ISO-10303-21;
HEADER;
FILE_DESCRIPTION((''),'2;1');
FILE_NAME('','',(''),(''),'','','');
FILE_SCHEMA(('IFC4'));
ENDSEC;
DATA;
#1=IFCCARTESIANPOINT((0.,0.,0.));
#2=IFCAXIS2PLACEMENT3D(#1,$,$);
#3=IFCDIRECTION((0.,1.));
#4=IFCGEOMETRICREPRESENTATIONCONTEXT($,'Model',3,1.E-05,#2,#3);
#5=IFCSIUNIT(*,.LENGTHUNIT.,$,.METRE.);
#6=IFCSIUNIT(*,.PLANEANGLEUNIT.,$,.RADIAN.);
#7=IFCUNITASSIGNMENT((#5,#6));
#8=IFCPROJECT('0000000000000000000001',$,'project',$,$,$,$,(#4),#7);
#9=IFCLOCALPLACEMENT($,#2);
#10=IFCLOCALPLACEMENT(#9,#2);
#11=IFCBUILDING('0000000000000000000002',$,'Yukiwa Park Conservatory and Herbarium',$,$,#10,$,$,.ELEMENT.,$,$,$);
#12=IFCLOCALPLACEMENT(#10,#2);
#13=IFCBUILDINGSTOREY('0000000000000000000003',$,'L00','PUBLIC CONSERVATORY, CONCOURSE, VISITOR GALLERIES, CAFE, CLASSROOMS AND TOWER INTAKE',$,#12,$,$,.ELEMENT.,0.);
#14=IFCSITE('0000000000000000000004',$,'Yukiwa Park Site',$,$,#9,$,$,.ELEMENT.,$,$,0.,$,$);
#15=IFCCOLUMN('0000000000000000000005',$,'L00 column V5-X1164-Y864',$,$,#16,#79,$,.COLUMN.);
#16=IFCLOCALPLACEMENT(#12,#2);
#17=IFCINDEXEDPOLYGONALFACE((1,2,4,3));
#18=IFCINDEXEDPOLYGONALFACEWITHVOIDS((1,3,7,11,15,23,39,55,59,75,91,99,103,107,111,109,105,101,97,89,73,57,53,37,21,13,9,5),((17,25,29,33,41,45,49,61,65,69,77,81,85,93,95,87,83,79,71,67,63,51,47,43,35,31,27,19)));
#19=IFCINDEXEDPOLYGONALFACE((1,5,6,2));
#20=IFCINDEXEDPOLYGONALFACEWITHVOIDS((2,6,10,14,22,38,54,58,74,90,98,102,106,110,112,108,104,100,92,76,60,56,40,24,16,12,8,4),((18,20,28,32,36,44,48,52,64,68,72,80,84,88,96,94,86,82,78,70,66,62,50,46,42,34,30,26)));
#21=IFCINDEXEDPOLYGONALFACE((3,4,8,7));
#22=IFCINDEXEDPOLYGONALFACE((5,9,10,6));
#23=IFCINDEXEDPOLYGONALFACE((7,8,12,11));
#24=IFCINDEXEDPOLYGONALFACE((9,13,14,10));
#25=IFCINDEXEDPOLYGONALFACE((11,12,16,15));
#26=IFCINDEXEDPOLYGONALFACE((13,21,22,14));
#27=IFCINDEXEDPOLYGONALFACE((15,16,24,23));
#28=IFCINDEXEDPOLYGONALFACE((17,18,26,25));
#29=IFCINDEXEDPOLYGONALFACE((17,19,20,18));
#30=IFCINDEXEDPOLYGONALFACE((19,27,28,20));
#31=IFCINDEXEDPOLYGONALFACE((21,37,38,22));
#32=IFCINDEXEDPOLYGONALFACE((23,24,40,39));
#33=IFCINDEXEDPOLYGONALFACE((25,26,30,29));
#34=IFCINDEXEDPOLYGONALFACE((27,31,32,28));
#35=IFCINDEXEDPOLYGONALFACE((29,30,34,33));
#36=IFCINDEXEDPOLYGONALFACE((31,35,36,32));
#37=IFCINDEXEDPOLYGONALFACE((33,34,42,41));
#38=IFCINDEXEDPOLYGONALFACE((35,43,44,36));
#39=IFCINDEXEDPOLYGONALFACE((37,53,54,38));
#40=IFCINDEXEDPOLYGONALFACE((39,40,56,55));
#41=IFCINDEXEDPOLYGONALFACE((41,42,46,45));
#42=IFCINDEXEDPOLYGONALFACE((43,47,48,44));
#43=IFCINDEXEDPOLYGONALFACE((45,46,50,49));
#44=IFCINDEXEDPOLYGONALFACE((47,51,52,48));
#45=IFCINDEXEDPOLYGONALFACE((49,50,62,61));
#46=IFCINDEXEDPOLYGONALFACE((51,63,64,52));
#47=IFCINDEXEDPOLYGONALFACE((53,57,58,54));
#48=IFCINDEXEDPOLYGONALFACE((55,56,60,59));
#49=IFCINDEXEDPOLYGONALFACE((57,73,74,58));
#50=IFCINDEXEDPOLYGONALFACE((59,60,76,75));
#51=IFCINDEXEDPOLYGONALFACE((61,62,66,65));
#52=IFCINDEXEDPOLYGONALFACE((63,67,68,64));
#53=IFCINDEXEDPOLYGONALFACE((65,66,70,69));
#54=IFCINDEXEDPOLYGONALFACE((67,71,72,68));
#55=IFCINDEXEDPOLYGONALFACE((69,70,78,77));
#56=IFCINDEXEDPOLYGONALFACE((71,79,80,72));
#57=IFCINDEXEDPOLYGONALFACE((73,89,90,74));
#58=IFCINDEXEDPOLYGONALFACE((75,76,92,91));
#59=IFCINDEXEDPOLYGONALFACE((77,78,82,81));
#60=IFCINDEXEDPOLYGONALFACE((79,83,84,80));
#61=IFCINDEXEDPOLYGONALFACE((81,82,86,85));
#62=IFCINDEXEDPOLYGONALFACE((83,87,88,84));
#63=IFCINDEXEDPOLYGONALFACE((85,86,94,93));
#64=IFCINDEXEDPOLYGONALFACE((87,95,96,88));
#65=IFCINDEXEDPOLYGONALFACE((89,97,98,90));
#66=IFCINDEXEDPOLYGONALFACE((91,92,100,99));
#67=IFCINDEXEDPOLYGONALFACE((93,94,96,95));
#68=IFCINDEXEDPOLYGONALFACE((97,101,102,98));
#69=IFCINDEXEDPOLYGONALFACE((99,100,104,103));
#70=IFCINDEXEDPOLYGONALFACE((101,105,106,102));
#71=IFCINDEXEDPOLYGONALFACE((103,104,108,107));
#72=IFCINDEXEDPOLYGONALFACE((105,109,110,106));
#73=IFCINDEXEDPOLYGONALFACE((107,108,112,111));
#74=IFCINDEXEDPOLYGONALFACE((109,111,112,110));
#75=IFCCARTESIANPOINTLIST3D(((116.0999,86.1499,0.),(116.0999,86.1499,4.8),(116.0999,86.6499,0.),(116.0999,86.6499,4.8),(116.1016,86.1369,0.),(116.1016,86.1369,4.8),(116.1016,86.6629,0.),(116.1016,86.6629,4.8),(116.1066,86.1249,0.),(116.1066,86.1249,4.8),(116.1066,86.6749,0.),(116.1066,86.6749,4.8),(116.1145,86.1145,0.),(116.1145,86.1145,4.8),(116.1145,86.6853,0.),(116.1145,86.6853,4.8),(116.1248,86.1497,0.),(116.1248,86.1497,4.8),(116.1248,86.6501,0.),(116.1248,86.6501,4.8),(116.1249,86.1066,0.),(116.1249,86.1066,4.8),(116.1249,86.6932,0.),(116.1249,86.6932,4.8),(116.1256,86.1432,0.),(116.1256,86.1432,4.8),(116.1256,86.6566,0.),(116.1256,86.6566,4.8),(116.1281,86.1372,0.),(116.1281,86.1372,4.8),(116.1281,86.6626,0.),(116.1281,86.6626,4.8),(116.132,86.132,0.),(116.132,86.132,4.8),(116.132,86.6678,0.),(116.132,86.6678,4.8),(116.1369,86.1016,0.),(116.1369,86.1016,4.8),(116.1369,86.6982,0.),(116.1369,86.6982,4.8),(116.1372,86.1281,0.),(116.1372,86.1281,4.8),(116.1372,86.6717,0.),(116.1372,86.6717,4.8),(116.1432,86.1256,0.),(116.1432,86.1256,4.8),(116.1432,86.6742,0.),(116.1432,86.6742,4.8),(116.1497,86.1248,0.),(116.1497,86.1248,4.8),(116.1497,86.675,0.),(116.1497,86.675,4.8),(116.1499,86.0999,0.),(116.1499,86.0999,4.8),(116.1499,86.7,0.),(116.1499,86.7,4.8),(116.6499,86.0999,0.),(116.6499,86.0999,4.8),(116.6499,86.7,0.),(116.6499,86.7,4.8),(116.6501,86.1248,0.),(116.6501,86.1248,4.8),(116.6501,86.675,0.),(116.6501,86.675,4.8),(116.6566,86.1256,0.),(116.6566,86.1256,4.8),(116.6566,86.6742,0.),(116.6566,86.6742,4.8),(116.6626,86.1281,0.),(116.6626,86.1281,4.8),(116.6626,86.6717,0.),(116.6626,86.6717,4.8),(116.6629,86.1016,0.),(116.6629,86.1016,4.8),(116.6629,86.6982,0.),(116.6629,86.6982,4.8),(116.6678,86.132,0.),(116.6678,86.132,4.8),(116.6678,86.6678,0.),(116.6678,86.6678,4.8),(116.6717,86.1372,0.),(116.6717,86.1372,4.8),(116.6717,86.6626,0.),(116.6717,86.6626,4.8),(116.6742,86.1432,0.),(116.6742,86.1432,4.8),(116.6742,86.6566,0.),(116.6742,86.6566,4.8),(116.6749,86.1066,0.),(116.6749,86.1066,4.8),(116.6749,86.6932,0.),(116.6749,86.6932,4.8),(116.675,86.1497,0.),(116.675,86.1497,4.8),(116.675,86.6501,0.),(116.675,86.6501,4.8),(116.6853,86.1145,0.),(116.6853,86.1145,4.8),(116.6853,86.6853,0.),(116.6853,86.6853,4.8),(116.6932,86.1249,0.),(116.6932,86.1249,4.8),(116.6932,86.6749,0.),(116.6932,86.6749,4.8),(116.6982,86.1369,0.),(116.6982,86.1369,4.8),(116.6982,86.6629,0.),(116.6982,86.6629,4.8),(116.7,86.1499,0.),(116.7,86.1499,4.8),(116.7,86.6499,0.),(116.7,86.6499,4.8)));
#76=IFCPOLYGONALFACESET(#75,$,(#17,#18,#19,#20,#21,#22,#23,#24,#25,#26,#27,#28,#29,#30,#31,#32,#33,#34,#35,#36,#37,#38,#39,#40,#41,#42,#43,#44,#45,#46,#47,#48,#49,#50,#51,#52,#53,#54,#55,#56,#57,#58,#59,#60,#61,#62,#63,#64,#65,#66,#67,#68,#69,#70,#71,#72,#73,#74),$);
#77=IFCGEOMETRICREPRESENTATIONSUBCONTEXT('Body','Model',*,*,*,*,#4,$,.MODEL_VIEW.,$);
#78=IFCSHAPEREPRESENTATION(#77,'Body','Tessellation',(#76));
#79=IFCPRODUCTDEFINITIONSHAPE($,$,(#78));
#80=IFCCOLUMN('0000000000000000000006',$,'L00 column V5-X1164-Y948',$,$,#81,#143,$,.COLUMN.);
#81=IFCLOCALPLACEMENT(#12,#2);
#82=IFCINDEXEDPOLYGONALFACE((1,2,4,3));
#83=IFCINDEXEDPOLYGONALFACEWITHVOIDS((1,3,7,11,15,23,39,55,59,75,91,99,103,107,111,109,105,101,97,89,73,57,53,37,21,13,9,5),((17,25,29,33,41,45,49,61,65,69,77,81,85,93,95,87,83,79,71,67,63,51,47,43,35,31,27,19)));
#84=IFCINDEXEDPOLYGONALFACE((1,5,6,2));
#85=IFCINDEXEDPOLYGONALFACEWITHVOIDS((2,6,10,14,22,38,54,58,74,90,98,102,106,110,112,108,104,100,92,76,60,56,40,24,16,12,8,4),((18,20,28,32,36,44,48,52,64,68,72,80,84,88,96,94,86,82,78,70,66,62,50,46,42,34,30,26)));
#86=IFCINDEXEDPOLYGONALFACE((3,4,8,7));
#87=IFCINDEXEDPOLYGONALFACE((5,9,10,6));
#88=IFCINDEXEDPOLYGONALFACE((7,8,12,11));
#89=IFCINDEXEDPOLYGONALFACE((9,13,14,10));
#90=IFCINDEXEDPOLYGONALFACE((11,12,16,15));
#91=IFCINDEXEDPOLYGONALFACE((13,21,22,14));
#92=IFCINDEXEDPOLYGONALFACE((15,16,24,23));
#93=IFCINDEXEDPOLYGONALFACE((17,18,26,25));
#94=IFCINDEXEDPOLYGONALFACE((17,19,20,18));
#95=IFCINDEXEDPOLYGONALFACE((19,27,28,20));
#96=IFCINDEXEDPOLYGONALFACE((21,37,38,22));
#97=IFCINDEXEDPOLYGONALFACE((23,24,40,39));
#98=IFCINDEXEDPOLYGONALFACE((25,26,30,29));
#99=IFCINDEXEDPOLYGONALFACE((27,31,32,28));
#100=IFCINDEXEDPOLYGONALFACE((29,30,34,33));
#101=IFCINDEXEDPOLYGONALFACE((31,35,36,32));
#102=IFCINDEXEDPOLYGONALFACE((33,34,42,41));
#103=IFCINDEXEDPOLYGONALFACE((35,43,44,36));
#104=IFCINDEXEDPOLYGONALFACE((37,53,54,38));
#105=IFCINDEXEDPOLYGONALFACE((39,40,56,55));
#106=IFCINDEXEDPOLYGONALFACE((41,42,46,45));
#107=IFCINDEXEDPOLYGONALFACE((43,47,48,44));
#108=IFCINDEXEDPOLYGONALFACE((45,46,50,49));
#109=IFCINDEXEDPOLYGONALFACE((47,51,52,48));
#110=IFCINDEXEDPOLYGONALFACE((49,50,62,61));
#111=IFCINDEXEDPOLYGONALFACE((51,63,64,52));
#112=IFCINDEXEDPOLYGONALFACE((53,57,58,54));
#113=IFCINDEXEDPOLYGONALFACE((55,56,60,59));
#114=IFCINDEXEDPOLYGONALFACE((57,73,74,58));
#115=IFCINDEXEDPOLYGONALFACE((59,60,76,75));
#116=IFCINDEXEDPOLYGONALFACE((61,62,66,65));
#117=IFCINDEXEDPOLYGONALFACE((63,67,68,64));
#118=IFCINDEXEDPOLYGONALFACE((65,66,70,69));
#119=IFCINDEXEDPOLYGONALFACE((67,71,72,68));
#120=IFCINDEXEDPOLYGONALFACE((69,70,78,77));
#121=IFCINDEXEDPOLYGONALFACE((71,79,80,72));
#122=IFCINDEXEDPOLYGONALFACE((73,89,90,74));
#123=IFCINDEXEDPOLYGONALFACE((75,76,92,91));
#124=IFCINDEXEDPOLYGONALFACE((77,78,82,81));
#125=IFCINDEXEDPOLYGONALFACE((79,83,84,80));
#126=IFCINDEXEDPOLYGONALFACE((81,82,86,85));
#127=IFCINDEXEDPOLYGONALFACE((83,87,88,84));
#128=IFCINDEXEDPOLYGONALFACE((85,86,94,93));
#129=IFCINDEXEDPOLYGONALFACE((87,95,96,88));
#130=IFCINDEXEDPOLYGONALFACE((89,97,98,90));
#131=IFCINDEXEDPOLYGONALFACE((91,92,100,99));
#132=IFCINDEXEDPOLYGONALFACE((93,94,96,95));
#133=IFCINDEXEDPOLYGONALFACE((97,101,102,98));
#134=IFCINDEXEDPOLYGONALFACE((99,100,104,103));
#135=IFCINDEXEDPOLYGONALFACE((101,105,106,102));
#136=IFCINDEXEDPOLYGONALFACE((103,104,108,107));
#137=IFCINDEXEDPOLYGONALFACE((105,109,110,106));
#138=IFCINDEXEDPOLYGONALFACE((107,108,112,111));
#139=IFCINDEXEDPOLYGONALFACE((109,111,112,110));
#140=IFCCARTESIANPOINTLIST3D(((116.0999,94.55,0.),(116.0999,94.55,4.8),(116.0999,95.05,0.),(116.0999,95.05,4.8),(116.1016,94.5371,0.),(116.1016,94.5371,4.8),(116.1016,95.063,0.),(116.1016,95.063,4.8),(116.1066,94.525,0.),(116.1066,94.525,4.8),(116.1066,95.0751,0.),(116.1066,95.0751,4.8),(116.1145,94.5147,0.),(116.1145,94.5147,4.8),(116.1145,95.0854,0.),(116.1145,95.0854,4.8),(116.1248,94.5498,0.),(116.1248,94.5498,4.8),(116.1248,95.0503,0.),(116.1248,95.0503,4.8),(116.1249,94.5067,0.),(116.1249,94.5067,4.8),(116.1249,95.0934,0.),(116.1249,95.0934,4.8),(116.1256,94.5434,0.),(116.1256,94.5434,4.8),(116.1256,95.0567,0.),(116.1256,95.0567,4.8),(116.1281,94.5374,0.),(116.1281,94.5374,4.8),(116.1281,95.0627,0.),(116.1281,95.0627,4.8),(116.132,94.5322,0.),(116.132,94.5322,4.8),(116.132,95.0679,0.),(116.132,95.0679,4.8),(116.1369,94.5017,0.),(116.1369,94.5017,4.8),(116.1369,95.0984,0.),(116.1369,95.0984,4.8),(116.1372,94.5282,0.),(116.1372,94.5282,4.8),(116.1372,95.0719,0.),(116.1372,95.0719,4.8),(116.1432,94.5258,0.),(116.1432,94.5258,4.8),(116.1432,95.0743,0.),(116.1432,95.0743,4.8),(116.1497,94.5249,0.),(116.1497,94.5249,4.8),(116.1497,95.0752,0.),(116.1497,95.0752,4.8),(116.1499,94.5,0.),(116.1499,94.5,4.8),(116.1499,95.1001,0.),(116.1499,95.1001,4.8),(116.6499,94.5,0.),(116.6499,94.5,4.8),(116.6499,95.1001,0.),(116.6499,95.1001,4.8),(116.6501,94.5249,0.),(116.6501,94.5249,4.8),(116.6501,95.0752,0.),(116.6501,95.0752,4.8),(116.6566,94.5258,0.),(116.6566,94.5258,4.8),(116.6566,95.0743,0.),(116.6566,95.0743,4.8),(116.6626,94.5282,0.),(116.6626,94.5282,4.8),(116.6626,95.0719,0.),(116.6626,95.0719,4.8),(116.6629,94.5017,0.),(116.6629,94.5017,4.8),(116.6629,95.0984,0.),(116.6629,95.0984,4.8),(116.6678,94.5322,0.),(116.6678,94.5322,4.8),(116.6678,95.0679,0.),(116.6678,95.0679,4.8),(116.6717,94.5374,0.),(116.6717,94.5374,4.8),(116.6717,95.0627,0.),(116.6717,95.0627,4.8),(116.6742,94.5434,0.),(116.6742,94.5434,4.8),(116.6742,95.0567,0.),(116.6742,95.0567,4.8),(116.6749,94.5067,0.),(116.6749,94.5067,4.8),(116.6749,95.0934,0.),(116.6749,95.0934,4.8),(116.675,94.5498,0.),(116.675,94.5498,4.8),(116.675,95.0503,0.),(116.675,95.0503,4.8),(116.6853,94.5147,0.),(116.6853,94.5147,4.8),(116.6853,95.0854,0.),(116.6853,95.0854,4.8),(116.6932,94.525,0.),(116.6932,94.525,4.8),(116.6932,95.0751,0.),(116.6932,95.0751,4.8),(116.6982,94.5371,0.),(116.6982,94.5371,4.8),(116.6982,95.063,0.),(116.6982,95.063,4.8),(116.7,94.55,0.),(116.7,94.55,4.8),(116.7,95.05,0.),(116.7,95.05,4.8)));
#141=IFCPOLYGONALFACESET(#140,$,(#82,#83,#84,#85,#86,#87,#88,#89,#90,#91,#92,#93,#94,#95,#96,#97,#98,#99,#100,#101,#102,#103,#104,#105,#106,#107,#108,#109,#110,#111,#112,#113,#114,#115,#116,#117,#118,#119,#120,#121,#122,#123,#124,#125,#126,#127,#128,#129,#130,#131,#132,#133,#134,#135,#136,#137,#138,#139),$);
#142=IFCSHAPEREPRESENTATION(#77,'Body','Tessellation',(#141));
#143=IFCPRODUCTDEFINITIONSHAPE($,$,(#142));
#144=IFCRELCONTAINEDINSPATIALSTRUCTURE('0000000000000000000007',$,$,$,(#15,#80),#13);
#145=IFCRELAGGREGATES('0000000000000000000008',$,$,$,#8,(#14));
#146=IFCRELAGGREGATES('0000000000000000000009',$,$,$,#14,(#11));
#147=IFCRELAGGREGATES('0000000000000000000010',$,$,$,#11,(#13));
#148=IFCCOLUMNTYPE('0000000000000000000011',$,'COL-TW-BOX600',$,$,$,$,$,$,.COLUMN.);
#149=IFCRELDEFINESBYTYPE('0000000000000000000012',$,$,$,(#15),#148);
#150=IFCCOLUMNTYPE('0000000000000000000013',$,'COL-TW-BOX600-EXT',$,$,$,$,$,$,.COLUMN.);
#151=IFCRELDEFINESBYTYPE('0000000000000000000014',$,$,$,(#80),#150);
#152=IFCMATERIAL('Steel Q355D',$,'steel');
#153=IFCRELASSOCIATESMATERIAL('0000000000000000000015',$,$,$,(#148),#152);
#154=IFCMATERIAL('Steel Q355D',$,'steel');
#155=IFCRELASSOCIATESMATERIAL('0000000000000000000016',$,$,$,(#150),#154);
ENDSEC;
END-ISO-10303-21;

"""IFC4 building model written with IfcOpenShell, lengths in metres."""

from ifc_helpers import new_model, si_unit, direction, frame, origin, origin_2d, place, context, subcontext, project, spatial, hollow_rectangle, extrude, material, material_profile, profile_set, type_object, element, save


model = new_model("IFC4")

# Units and contexts
model_context = context("Model", 3, precision=1e-05, world=origin(), true_north=direction((0.0, 1.0)))
body_context = subcontext(model_context, "Body", "Model", "MODEL_VIEW")
ifc_project = project(units=[si_unit("LENGTHUNIT", "METRE"), si_unit("PLANEANGLEUNIT", "RADIAN")], contexts=[model_context])

# Site, building, storey
site_placement = place(None, origin())
site = spatial("IfcSite", under=ifc_project, at=site_placement, Name="Yukiwa Park Site", CompositionType="ELEMENT", RefElevation=0.0)
building_placement = place(site_placement, origin())
building = spatial("IfcBuilding", under=site, at=building_placement, Name="Yukiwa Park Conservatory and Herbarium", CompositionType="ELEMENT")
storey_placement = place(building_placement, origin())
storey = spatial("IfcBuildingStorey", under=building, at=storey_placement, Name="L00", Description="PUBLIC CONSERVATORY, CONCOURSE, VISITOR GALLERIES, CAFE, CLASSROOMS AND TOWER INTAKE", CompositionType="ELEMENT", Elevation=0.0)

# Columns
ifc_material_1 = material(Name="Steel Q355D", Category="steel")
ifc_material_profile_1 = material_profile(ifc_material_1, hollow_rectangle(XDim=0.6001, YDim=0.6001, WallThickness=0.0249, InnerFilletRadius=0.0249, OuterFilletRadius=0.05, at=origin_2d()), Name="BOX 600x600x25")
ifc_profile_set_1 = profile_set([ifc_material_profile_1], Name="Steel Q355D")
column_type_1 = type_object("IfcColumnType", Name="COL-TW-BOX600", PredefinedType="COLUMN", material=ifc_profile_set_1)
column_1_placement = place(storey_placement, frame((116.3999, 86.3999, 0.0), z_axis=(0.0, 0.0, 1.0), x_axis=(1.0, 0.0, 0.0)))
element("IfcColumn", 1, at=column_1_placement, inside=storey, type_object=column_type_1, Name="L00 column V5-X1164-Y864", PredefinedType="COLUMN", context=body_context, shape_type="SweptSolid", body=[
    extrude(hollow_rectangle(XDim=0.6001, YDim=0.6001, WallThickness=0.0249, InnerFilletRadius=0.0249, OuterFilletRadius=0.05, at=origin_2d()), origin(), (0.0, 0.0, 1.0), 4.8),
])
ifc_material_2 = material(Name="Steel Q355D", Category="steel")
ifc_material_profile_2 = material_profile(ifc_material_2, hollow_rectangle(XDim=0.6001, YDim=0.6001, WallThickness=0.0249, InnerFilletRadius=0.0249, OuterFilletRadius=0.05, at=origin_2d()), Name="BOX 600x600x25")
ifc_profile_set_2 = profile_set([ifc_material_profile_2], Name="Steel Q355D")
column_type_2 = type_object("IfcColumnType", Name="COL-TW-BOX600-EXT", PredefinedType="COLUMN", material=ifc_profile_set_2)
for number, where, z_axis, x_axis, name in (
    (2, (116.3999, 94.8, 0.0), (0.0, 0.0, 1.0), (1.0, 0.0, 0.0), "L00 column V5-X1164-Y948"),
):
    element("IfcColumn", number, at=place(storey_placement, frame(where, z_axis=z_axis, x_axis=x_axis)), inside=storey, type_object=column_type_2, Name=name, PredefinedType="COLUMN", context=body_context, shape_type="SweptSolid", body=[
        extrude(hollow_rectangle(XDim=0.6001, YDim=0.6001, WallThickness=0.0249, InnerFilletRadius=0.0249, OuterFilletRadius=0.05, at=origin_2d()), origin(), (0.0, 0.0, 1.0), 4.8),
    ])

save(model, "model.ifc")
